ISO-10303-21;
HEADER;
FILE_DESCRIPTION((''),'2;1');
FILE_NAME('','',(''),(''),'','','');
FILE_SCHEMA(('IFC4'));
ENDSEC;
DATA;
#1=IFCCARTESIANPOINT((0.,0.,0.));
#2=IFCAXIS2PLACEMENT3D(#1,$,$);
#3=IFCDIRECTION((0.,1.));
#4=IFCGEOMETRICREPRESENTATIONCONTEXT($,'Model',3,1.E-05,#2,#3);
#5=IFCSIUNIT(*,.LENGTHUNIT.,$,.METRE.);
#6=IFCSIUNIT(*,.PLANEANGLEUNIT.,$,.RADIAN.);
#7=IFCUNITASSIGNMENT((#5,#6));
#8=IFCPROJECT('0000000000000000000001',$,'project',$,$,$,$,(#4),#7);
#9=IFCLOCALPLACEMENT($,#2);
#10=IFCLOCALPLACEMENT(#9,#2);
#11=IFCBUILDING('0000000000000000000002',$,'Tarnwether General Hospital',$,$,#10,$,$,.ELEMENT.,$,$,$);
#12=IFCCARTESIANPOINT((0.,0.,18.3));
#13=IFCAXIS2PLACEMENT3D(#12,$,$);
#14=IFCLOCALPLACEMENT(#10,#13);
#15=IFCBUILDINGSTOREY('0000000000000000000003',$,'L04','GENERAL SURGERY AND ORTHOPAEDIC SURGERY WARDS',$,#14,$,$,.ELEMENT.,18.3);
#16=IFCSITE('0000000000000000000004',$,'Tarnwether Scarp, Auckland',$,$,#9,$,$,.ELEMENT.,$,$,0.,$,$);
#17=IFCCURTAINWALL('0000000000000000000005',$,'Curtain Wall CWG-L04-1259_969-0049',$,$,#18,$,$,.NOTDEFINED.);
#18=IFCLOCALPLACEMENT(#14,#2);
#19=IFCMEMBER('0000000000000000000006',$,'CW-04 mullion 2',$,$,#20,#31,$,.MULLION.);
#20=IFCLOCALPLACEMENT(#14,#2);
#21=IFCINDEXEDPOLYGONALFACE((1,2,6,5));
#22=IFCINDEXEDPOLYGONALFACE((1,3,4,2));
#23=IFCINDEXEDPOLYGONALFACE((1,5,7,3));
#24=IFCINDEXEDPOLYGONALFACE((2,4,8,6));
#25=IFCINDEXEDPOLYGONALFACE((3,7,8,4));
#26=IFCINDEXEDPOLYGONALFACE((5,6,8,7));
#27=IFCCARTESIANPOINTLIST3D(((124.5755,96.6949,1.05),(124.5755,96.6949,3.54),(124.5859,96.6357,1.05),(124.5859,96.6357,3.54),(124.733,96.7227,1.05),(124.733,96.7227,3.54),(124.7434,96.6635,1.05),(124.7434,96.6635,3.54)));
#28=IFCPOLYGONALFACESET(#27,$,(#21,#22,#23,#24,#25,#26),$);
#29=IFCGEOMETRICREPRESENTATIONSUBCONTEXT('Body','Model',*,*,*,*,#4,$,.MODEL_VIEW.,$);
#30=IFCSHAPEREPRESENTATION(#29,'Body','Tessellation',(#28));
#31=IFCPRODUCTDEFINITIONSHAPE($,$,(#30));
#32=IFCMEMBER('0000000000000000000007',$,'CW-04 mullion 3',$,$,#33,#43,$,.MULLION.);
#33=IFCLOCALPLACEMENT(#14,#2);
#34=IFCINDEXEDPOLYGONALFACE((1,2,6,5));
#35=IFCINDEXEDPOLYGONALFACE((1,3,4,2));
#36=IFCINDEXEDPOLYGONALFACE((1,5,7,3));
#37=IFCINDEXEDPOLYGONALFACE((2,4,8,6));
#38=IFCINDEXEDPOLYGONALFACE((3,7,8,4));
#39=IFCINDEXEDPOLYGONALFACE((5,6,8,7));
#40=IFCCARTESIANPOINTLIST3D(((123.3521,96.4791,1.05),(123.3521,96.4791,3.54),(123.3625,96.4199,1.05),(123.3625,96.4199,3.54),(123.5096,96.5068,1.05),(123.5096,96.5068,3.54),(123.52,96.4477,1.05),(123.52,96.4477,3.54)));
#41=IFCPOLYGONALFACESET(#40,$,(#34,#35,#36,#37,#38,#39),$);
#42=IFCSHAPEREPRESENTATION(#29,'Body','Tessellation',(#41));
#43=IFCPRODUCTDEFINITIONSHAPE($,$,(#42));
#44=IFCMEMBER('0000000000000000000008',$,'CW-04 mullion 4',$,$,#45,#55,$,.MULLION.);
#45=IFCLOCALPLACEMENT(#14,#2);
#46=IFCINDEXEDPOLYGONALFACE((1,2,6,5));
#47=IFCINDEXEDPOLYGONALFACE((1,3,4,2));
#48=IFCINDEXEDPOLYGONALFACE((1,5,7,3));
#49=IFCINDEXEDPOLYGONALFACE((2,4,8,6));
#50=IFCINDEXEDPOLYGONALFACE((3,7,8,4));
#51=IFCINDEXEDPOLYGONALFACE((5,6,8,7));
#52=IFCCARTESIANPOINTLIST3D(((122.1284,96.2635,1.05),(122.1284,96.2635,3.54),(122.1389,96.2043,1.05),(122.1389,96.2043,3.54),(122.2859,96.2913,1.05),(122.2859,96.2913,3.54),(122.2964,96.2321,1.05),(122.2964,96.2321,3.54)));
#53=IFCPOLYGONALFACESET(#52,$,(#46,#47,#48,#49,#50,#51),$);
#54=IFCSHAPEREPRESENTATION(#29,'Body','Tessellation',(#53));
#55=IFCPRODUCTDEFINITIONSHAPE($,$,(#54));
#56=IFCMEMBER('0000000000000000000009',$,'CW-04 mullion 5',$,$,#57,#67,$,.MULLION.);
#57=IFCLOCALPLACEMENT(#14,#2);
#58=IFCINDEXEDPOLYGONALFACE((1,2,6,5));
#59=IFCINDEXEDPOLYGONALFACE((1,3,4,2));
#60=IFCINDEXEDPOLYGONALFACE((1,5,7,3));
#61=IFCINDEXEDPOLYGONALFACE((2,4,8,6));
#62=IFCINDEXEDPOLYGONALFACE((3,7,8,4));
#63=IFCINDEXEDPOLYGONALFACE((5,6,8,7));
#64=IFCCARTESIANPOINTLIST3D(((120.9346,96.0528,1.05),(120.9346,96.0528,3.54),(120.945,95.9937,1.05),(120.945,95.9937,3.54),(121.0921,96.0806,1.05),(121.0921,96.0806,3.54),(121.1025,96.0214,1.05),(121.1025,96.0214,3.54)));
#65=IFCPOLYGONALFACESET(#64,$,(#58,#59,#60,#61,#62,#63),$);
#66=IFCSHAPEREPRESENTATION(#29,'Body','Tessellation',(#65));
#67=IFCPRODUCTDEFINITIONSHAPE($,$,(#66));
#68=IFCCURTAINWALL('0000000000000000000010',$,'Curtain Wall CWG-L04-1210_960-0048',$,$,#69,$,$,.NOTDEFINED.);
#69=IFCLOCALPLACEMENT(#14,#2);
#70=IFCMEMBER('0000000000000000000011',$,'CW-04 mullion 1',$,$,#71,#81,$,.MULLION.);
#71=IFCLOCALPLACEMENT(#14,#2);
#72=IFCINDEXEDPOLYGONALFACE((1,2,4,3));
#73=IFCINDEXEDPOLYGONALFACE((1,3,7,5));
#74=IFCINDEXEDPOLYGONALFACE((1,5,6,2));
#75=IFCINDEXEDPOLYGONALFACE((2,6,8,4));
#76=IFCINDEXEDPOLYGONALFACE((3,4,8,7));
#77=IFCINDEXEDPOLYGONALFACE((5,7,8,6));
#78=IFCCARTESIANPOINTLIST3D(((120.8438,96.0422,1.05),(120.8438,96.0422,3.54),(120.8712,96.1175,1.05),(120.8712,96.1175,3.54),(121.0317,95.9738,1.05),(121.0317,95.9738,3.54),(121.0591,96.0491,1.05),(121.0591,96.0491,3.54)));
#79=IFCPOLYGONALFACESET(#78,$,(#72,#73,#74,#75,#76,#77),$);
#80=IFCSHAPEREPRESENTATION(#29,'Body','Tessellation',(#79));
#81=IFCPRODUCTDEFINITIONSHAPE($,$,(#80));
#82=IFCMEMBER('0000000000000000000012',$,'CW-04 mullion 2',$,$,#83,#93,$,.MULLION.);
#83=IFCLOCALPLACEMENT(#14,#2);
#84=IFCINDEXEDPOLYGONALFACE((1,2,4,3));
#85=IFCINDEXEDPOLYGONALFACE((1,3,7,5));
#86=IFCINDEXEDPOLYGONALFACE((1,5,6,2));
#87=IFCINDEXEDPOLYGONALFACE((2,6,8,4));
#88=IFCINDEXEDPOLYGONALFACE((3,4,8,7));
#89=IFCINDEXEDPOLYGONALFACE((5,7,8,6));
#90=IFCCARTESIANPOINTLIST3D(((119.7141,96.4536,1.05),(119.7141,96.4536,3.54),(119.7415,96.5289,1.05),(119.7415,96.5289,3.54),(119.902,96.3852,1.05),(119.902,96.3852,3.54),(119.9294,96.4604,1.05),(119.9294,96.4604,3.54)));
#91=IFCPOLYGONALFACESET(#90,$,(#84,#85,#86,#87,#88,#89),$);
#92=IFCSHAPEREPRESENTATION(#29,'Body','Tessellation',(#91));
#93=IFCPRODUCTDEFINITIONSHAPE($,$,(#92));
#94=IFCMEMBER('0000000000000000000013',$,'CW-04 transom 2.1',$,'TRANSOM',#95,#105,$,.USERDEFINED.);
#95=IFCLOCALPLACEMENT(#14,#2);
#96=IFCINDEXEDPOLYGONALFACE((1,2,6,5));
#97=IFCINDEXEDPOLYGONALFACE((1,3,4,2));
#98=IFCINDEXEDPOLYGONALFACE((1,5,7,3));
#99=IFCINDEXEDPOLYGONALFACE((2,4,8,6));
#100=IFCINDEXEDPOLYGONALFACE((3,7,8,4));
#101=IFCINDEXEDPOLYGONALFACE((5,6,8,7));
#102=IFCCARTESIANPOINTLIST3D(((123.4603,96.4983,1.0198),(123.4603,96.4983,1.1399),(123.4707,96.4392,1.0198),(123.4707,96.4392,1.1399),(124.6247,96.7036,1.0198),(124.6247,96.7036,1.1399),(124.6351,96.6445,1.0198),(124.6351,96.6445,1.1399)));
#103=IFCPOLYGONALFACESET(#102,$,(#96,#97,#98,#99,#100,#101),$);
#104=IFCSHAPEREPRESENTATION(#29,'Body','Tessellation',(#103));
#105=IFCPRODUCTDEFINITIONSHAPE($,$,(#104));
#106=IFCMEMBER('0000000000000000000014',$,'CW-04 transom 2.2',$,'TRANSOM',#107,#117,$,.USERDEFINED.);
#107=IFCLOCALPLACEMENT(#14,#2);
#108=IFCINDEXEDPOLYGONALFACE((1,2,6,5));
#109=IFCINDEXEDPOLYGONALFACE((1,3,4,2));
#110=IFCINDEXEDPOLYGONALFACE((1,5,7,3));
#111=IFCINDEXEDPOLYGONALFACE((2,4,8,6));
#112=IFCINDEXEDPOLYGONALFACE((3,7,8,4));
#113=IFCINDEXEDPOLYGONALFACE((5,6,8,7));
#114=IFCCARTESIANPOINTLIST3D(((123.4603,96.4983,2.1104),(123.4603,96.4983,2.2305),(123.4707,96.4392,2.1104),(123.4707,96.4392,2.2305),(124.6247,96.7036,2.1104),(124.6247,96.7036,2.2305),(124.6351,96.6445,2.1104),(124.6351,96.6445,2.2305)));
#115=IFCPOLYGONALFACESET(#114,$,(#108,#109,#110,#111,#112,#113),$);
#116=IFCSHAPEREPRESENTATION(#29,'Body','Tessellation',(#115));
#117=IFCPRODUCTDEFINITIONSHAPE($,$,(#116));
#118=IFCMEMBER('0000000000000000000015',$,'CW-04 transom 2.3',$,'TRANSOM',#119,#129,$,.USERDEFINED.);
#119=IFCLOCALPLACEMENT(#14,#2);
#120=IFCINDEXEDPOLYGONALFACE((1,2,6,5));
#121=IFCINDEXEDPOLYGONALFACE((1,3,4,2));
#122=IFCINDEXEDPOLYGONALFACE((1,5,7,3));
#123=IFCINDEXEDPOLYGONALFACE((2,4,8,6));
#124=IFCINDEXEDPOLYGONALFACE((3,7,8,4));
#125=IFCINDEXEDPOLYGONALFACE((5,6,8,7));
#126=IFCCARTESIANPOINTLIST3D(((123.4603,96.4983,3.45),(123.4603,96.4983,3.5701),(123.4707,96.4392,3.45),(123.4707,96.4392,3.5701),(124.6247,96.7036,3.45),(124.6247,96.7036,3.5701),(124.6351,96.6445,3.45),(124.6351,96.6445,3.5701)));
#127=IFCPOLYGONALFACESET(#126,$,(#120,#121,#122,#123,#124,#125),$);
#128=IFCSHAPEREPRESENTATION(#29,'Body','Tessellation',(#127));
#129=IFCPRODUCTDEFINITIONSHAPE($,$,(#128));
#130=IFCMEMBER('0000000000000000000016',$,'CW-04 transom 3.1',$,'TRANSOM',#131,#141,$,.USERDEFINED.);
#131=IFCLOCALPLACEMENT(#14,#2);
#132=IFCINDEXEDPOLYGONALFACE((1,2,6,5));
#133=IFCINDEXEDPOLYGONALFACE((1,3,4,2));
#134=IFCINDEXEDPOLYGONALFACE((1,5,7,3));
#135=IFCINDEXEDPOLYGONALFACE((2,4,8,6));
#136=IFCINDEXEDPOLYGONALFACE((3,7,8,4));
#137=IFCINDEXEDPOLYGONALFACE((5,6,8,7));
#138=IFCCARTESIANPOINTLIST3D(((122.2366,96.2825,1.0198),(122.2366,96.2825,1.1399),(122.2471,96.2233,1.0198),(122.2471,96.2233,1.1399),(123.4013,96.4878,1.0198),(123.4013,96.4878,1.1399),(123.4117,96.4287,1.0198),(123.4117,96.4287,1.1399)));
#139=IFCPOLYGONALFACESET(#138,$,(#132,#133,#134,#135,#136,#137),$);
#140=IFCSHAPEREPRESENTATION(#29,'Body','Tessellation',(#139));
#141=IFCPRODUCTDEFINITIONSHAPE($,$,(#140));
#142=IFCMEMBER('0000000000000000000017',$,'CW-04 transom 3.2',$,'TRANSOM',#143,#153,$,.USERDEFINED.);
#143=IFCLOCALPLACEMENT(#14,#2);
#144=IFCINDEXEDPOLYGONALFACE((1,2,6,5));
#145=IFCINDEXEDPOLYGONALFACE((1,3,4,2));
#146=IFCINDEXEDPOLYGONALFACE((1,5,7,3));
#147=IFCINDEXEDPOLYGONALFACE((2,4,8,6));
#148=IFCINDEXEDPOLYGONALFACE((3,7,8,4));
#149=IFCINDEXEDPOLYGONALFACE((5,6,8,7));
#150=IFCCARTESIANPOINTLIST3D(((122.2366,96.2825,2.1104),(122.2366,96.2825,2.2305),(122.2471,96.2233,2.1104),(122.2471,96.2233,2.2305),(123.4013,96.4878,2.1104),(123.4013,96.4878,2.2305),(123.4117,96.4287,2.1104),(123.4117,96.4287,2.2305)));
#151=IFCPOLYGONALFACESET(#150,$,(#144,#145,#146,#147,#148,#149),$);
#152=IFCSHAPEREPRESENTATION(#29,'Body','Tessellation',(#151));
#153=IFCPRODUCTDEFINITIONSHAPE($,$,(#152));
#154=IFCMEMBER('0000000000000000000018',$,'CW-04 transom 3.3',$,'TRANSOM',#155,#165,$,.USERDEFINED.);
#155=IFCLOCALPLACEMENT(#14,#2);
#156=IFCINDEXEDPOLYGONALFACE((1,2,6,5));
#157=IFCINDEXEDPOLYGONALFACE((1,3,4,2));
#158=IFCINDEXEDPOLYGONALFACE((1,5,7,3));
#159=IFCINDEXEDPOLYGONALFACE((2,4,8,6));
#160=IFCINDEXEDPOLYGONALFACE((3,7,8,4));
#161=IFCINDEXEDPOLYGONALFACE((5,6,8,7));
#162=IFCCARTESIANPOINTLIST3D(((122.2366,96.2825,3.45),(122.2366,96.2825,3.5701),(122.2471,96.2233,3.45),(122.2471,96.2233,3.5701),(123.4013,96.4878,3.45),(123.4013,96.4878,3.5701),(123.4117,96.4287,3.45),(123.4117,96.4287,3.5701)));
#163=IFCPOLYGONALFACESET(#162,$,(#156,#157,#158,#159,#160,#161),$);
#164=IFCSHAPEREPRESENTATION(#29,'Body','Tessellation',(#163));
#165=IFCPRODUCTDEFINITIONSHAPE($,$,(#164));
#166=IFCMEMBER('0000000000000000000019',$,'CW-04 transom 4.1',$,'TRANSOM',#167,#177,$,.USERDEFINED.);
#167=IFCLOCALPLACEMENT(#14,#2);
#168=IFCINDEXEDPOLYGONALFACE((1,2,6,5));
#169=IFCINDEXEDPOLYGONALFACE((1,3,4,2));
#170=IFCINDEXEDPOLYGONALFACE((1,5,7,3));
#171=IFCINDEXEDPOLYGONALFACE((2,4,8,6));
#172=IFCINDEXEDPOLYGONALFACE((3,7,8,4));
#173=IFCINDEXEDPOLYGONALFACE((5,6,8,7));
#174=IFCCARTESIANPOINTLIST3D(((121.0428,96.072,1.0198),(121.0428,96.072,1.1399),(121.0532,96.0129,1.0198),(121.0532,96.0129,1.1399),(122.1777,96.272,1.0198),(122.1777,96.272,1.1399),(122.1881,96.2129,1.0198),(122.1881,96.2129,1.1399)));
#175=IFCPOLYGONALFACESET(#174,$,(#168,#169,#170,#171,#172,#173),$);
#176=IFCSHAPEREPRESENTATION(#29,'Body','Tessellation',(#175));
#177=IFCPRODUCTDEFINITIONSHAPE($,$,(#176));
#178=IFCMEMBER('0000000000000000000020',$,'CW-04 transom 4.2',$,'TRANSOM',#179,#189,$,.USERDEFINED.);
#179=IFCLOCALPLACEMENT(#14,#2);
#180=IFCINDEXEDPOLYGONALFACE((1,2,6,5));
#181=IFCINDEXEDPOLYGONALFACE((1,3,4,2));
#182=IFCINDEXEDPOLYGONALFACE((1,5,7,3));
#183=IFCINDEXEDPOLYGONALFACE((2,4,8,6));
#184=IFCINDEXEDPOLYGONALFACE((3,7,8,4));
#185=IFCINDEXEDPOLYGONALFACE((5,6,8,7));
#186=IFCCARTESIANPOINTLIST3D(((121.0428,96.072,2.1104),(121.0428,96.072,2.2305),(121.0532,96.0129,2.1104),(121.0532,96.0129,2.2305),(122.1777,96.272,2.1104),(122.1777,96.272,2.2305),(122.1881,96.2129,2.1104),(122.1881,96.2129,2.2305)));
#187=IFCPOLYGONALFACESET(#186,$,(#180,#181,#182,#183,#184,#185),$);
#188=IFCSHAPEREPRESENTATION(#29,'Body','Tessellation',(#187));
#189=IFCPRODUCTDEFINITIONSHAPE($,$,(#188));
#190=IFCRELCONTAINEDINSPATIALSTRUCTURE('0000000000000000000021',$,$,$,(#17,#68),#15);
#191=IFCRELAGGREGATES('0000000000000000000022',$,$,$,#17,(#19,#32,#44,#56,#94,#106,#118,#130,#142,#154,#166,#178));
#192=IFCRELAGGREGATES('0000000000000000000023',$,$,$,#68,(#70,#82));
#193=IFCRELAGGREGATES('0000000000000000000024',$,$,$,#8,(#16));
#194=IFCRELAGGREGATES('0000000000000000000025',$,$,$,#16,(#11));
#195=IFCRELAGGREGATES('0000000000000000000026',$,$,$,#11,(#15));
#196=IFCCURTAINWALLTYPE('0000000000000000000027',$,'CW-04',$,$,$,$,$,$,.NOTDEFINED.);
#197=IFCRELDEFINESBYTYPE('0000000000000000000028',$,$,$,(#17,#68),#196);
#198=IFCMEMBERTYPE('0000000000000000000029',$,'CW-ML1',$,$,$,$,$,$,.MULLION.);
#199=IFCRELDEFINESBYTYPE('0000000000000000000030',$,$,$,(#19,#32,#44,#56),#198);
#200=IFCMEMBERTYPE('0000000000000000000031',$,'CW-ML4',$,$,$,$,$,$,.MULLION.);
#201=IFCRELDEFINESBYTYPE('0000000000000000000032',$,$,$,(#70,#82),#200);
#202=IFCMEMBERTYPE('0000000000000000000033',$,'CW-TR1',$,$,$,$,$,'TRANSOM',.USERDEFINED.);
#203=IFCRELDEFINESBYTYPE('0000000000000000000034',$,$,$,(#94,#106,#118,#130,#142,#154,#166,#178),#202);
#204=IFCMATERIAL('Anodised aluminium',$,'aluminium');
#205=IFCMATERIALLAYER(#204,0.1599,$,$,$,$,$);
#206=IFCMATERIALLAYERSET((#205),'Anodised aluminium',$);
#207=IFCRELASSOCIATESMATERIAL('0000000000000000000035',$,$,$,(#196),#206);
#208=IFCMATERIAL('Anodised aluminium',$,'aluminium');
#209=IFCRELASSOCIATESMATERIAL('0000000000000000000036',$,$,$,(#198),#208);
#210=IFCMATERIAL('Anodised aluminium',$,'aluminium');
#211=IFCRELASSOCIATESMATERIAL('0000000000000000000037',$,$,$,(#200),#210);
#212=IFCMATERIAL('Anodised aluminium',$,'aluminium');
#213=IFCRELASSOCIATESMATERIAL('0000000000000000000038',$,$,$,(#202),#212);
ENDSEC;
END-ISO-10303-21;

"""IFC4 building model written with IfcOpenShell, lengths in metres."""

from ifc_helpers import new_model, si_unit, direction, frame, origin, origin_2d, place, context, subcontext, project, spatial, rectangle, extrude, material, layer, layer_set, material_profile, profile_set, type_object, element, aggregate, save


model = new_model("IFC4")

# Units and contexts
model_context = context("Model", 3, precision=1e-05, world=origin(), true_north=direction((0.0, 1.0)))
body_context = subcontext(model_context, "Body", "Model", "MODEL_VIEW")
ifc_project = project(units=[si_unit("LENGTHUNIT", "METRE"), si_unit("PLANEANGLEUNIT", "RADIAN")], contexts=[model_context])

# Site, building, storey
site_placement = place(None, origin())
site = spatial("IfcSite", under=ifc_project, at=site_placement, Name="Tarnwether Scarp, Auckland", CompositionType="ELEMENT", RefElevation=0.0)
building_placement = place(site_placement, origin())
building = spatial("IfcBuilding", under=site, at=building_placement, Name="Tarnwether General Hospital", CompositionType="ELEMENT")
storey_placement = place(building_placement, frame((0.0, 0.0, 18.3)))
storey = spatial("IfcBuildingStorey", under=building, at=storey_placement, Name="L04", Description="GENERAL SURGERY AND ORTHOPAEDIC SURGERY WARDS", CompositionType="ELEMENT", Elevation=18.3)

# Curtain walls, members
ifc_material_1 = material(Name="Anodised aluminium", Category="aluminium")
ifc_layer_1 = layer(ifc_material_1, 0.1599)
ifc_layer_set_1 = layer_set([ifc_layer_1], Name="Anodised aluminium")
curtain_wall_type = type_object("IfcCurtainWallType", Name="CW-04", PredefinedType="NOTDEFINED", material=ifc_layer_set_1)
curtain_wall_1_placement = place(storey_placement, origin())
curtain_wall_1 = element("IfcCurtainWall", 1, at=curtain_wall_1_placement, inside=storey, type_object=curtain_wall_type, Name="Curtain Wall CWG-L04-1259_969-0049", PredefinedType="NOTDEFINED")
ifc_material_2 = material(Name="Anodised aluminium", Category="aluminium")
ifc_material_profile_1 = material_profile(ifc_material_2, rectangle(XDim=0.0601, YDim=0.1599, at=origin_2d()), Name="ALU-MUL-60x160")
ifc_profile_set_1 = profile_set([ifc_material_profile_1], Name="Anodised aluminium")
member_type_1 = type_object("IfcMemberType", Name="CW-ML1", PredefinedType="MULLION", material=ifc_profile_set_1)
member_1_placement = place(storey_placement, frame((124.6594, 96.6792, 1.05), z_axis=(0.0, 0.0, 1.0), x_axis=(0.173659, -0.984806, 0.0)))
member_1 = element("IfcMember", 2, at=member_1_placement, type_object=member_type_1, Name="CW-04 mullion 2", PredefinedType="MULLION", context=body_context, shape_type="SweptSolid", body=[
    extrude(rectangle(XDim=0.0601, YDim=0.1599, at=origin_2d()), origin(), (0.0, 0.0, 1.0), 2.49),
])
member_2_placement = place(storey_placement, frame((123.436, 96.4634, 1.05), z_axis=(0.0, 0.0, 1.0), x_axis=(0.173659, -0.984806, 0.0)))
member_2 = element("IfcMember", 3, at=member_2_placement, type_object=member_type_1, Name="CW-04 mullion 3", PredefinedType="MULLION", context=body_context, shape_type="SweptSolid", body=[
    extrude(rectangle(XDim=0.0601, YDim=0.1599, at=origin_2d()), origin(), (0.0, 0.0, 1.0), 2.49),
])
member_3_placement = place(storey_placement, frame((122.2124, 96.2478, 1.05), z_axis=(0.0, 0.0, 1.0), x_axis=(0.173659, -0.984806, 0.0)))
member_3 = element("IfcMember", 4, at=member_3_placement, type_object=member_type_1, Name="CW-04 mullion 4", PredefinedType="MULLION", context=body_context, shape_type="SweptSolid", body=[
    extrude(rectangle(XDim=0.0601, YDim=0.1599, at=origin_2d()), origin(), (0.0, 0.0, 1.0), 2.49),
])
member_4_placement = place(storey_placement, frame((121.0186, 96.0371, 1.05), z_axis=(0.0, 0.0, 1.0), x_axis=(0.173659, -0.984806, 0.0)))
member_4 = element("IfcMember", 5, at=member_4_placement, type_object=member_type_1, Name="CW-04 mullion 5", PredefinedType="MULLION", context=body_context, shape_type="SweptSolid", body=[
    extrude(rectangle(XDim=0.0601, YDim=0.1599, at=origin_2d()), origin(), (0.0, 0.0, 1.0), 2.49),
])
curtain_wall_2_placement = place(storey_placement, origin())
curtain_wall_2 = element("IfcCurtainWall", 6, at=curtain_wall_2_placement, inside=storey, type_object=curtain_wall_type, Name="Curtain Wall CWG-L04-1210_960-0048", PredefinedType="NOTDEFINED")
ifc_material_3 = material(Name="Anodised aluminium", Category="aluminium")
ifc_material_profile_2 = material_profile(ifc_material_3, rectangle(XDim=0.0801, YDim=0.2, at=origin_2d()), Name="ALU-MUL-80x200")
ifc_profile_set_2 = profile_set([ifc_material_profile_2], Name="Anodised aluminium")
member_type_2 = type_object("IfcMemberType", Name="CW-ML4", PredefinedType="MULLION", material=ifc_profile_set_2)
member_5_placement = place(storey_placement, frame((120.9514, 96.0457, 1.05), z_axis=(0.0, 0.0, 1.0), x_axis=(-0.342131, -0.939652, 0.0)))
member_5 = element("IfcMember", 7, at=member_5_placement, type_object=member_type_2, Name="CW-04 mullion 1", PredefinedType="MULLION", context=body_context, shape_type="SweptSolid", body=[
    extrude(rectangle(XDim=0.0801, YDim=0.2, at=origin_2d()), origin(), (0.0, 0.0, 1.0), 2.49),
])
member_6_placement = place(storey_placement, frame((119.8218, 96.457, 1.05), z_axis=(0.0, 0.0, 1.0), x_axis=(-0.342131, -0.939652, 0.0)))
member_6 = element("IfcMember", 8, at=member_6_placement, type_object=member_type_2, Name="CW-04 mullion 2", PredefinedType="MULLION", context=body_context, shape_type="SweptSolid", body=[
    extrude(rectangle(XDim=0.0801, YDim=0.2, at=origin_2d()), origin(), (0.0, 0.0, 1.0), 2.49),
])

# Members
ifc_material_4 = material(Name="Anodised aluminium", Category="aluminium")
ifc_material_profile_3 = material_profile(ifc_material_4, rectangle(XDim=0.0601, YDim=0.1201, at=origin_2d()), Name="ALU-TRN-60x120")
ifc_profile_set_3 = profile_set([ifc_material_profile_3], Name="Anodised aluminium")
member_type_3 = type_object("IfcMemberType", Name="CW-TR1", ElementType="TRANSOM", PredefinedType="USERDEFINED", material=ifc_profile_set_3)
member_7_placement = place(storey_placement, frame((124.6299, 96.6741, 1.0798), z_axis=(-0.984804, -0.173668, 0.0), x_axis=(0.173668, -0.984804, 0.0)))
member_7 = element("IfcMember", 9, at=member_7_placement, type_object=member_type_3, Name="CW-04 transom 2.1", ObjectType="TRANSOM", PredefinedType="USERDEFINED", context=body_context, shape_type="SweptSolid", body=[
    extrude(rectangle(XDim=0.0601, YDim=0.1201, at=origin_2d()), origin(), (0.0, 0.0, 1.0), 1.1824),
])
member_8_placement = place(storey_placement, frame((124.6299, 96.6741, 2.1704), z_axis=(-0.984804, -0.173668, 0.0), x_axis=(0.173668, -0.984804, 0.0)))
member_8 = element("IfcMember", 10, at=member_8_placement, type_object=member_type_3, Name="CW-04 transom 2.2", ObjectType="TRANSOM", PredefinedType="USERDEFINED", context=body_context, shape_type="SweptSolid", body=[
    extrude(rectangle(XDim=0.0601, YDim=0.1201, at=origin_2d()), origin(), (0.0, 0.0, 1.0), 1.1824),
])
member_9_placement = place(storey_placement, frame((124.6299, 96.6741, 3.51), z_axis=(-0.984804, -0.173668, 0.0), x_axis=(0.173668, -0.984804, 0.0)))
member_9 = element("IfcMember", 11, at=member_9_placement, type_object=member_type_3, Name="CW-04 transom 2.3", ObjectType="TRANSOM", PredefinedType="USERDEFINED", context=body_context, shape_type="SweptSolid", body=[
    extrude(rectangle(XDim=0.0601, YDim=0.1201, at=origin_2d()), origin(), (0.0, 0.0, 1.0), 1.1824),
])
member_10_placement = place(storey_placement, frame((123.4065, 96.4583, 1.0798), z_axis=(-0.984811, -0.173632, 0.0), x_axis=(0.173632, -0.984811, 0.0)))
member_10 = element("IfcMember", 12, at=member_10_placement, type_object=member_type_3, Name="CW-04 transom 3.1", ObjectType="TRANSOM", PredefinedType="USERDEFINED", context=body_context, shape_type="SweptSolid", body=[
    extrude(rectangle(XDim=0.0601, YDim=0.1201, at=origin_2d()), origin(), (0.0, 0.0, 1.0), 1.1826),
])
member_11_placement = place(storey_placement, frame((123.4065, 96.4583, 2.1704), z_axis=(-0.984811, -0.173632, 0.0), x_axis=(0.173632, -0.984811, 0.0)))
member_11 = element("IfcMember", 13, at=member_11_placement, type_object=member_type_3, Name="CW-04 transom 3.2", ObjectType="TRANSOM", PredefinedType="USERDEFINED", context=body_context, shape_type="SweptSolid", body=[
    extrude(rectangle(XDim=0.0601, YDim=0.1201, at=origin_2d()), origin(), (0.0, 0.0, 1.0), 1.1826),
])
member_12_placement = place(storey_placement, frame((123.4065, 96.4583, 3.51), z_axis=(-0.984811, -0.173632, 0.0), x_axis=(0.173632, -0.984811, 0.0)))
member_12 = element("IfcMember", 14, at=member_12_placement, type_object=member_type_3, Name="CW-04 transom 3.3", ObjectType="TRANSOM", PredefinedType="USERDEFINED", context=body_context, shape_type="SweptSolid", body=[
    extrude(rectangle(XDim=0.0601, YDim=0.1201, at=origin_2d()), origin(), (0.0, 0.0, 1.0), 1.1826),
])
member_13_placement = place(storey_placement, frame((122.1829, 96.2424, 1.0798), z_axis=(-0.984828, -0.173531, 0.0), x_axis=(0.173531, -0.984828, 0.0)))
member_13 = element("IfcMember", 15, at=member_13_placement, type_object=member_type_3, Name="CW-04 transom 4.1", ObjectType="TRANSOM", PredefinedType="USERDEFINED", context=body_context, shape_type="SweptSolid", body=[
    extrude(rectangle(XDim=0.0601, YDim=0.1201, at=origin_2d()), origin(), (0.0, 0.0, 1.0), 1.1523),
])
member_14_placement = place(storey_placement, frame((122.1829, 96.2424, 2.1704), z_axis=(-0.984828, -0.173531, 0.0), x_axis=(0.173531, -0.984828, 0.0)))
member_14 = element("IfcMember", 16, at=member_14_placement, type_object=member_type_3, Name="CW-04 transom 4.2", ObjectType="TRANSOM", PredefinedType="USERDEFINED", context=body_context, shape_type="SweptSolid", body=[
    extrude(rectangle(XDim=0.0601, YDim=0.1201, at=origin_2d()), origin(), (0.0, 0.0, 1.0), 1.1523),
])

aggregate(curtain_wall_1, [member_1, member_2, member_3, member_4, member_7, member_8, member_9, member_10, member_11, member_12, member_13, member_14])
aggregate(curtain_wall_2, [member_5, member_6])

save(model, "model.ifc")
